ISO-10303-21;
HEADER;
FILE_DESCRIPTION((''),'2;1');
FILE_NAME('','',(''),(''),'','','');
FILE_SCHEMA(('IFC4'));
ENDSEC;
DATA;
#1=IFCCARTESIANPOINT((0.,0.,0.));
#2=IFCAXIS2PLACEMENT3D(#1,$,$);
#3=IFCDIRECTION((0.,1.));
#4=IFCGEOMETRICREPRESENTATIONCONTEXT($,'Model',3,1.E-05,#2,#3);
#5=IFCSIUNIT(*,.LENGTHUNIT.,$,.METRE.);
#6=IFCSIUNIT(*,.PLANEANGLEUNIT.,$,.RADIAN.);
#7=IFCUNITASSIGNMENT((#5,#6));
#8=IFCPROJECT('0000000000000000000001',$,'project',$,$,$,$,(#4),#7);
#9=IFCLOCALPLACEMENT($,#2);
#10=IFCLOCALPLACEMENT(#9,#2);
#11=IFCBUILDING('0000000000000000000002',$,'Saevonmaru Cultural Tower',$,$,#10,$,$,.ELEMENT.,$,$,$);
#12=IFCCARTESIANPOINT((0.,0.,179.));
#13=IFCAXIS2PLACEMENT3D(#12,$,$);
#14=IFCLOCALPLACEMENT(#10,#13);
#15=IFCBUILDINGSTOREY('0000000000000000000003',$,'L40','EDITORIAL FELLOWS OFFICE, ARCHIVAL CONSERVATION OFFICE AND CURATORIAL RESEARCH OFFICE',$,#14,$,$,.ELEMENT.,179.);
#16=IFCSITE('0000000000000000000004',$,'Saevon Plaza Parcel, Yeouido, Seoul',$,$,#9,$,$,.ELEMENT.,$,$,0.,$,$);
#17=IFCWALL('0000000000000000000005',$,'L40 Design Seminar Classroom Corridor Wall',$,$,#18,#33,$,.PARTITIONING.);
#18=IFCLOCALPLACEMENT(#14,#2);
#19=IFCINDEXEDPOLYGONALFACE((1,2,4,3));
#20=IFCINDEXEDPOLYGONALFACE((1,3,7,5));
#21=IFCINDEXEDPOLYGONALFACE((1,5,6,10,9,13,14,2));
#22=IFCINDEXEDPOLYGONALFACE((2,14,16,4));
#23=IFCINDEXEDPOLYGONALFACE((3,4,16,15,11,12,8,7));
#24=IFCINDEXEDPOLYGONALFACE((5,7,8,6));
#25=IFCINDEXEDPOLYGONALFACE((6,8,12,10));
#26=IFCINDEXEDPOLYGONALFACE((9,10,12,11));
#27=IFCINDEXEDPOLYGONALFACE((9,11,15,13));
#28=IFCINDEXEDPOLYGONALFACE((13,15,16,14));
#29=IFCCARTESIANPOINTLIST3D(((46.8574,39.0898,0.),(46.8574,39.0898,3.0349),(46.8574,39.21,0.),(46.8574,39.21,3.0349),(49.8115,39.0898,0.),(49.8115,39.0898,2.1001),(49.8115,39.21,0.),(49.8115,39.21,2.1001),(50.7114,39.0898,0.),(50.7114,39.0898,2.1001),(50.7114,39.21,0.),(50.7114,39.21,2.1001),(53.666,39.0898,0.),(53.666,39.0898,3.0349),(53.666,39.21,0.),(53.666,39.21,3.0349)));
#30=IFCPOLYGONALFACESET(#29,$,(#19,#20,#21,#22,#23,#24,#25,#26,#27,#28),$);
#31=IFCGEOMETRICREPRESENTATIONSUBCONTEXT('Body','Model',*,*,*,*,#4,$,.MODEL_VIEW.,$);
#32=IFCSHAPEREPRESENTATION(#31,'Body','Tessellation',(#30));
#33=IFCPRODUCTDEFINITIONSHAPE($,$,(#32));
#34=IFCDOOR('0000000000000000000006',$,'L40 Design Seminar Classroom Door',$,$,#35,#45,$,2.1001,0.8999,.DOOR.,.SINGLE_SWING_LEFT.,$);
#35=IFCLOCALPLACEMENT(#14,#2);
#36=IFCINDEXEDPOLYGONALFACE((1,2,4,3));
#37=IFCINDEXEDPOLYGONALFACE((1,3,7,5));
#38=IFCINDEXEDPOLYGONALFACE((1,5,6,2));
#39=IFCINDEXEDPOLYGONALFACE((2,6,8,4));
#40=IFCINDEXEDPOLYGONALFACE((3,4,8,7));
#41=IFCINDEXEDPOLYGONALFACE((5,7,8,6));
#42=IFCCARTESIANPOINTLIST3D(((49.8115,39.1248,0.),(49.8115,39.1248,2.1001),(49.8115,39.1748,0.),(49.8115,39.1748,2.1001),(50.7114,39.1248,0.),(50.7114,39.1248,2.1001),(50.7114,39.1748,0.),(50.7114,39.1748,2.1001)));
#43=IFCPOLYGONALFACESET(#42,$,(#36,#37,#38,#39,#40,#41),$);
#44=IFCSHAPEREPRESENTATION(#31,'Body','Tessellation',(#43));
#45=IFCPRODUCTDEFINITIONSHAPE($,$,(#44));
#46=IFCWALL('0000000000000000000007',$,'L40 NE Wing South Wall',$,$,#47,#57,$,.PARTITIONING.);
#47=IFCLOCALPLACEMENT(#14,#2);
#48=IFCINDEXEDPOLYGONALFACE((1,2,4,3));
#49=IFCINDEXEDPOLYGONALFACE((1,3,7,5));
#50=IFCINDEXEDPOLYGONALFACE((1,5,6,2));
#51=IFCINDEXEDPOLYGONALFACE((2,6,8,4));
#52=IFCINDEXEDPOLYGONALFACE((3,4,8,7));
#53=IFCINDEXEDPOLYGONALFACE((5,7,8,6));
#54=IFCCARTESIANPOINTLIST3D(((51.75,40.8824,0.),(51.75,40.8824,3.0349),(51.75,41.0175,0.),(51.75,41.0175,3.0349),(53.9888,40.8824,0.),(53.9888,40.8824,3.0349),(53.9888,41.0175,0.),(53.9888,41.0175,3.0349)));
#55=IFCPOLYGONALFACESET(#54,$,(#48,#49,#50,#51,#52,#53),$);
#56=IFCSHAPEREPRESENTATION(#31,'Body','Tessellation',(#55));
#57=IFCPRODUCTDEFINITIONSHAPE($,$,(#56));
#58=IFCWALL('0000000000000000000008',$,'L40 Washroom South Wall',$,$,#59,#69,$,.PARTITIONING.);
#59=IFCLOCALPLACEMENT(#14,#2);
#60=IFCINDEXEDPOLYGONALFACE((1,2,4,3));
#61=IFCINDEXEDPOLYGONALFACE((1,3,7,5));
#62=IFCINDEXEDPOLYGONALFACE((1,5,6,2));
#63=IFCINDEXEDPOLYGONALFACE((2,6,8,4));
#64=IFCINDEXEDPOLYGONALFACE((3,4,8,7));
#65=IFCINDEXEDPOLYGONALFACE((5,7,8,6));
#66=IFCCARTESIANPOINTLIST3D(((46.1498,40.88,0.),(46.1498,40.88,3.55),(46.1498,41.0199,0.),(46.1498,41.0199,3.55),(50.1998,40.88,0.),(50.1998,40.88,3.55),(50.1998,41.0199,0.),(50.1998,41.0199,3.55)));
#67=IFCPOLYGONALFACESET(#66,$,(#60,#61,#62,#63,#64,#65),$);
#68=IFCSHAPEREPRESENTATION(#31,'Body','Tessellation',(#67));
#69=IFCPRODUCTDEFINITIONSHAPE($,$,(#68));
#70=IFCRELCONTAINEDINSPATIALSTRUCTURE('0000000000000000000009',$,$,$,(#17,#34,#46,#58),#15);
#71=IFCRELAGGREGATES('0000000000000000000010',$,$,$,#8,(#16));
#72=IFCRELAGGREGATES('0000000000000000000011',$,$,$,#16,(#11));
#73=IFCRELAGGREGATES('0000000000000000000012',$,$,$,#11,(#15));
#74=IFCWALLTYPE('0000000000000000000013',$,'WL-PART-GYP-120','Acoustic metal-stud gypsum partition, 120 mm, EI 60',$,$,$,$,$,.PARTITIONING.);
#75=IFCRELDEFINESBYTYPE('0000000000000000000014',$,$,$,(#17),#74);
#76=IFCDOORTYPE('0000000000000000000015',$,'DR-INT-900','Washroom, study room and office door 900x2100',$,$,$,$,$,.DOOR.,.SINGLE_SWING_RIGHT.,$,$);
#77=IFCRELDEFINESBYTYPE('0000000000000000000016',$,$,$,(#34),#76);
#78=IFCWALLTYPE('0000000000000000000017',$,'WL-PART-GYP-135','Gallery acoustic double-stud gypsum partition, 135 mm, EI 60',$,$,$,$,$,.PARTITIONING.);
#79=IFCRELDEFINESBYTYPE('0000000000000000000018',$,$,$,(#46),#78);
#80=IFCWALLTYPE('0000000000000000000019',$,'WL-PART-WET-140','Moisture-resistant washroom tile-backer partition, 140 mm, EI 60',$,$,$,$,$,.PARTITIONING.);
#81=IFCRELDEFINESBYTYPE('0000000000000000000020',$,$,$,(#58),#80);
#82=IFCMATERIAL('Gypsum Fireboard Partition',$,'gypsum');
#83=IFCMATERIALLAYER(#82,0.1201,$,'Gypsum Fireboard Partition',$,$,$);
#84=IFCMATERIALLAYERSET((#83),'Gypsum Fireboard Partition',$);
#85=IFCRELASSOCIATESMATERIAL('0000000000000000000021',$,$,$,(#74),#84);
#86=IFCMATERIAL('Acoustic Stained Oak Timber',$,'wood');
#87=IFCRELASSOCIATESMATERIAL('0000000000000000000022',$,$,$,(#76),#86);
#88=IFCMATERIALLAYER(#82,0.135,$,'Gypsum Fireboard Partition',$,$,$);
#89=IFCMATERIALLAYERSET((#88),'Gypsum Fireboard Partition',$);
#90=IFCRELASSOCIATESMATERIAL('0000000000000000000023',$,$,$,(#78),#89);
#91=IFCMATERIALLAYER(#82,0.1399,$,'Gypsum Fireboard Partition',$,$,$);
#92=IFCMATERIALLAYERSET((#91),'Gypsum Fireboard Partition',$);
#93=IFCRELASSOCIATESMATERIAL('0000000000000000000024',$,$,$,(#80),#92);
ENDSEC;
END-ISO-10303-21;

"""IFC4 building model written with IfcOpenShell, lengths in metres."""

from ifc_helpers import new_model, si_unit, direction, frame, frame_2d, origin, place, context, subcontext, project, spatial, rectangle, extrude, material, layer, layer_set, type_object, element, fill, save


model = new_model("IFC4")

# Units and contexts
model_context = context("Model", 3, precision=1e-05, world=origin(), true_north=direction((0.0, 1.0)))
body_context = subcontext(model_context, "Body", "Model", "MODEL_VIEW")
ifc_project = project(units=[si_unit("LENGTHUNIT", "METRE"), si_unit("PLANEANGLEUNIT", "RADIAN")], contexts=[model_context])

# Site, building, storey
site_placement = place(None, origin())
site = spatial("IfcSite", under=ifc_project, at=site_placement, Name="Saevon Plaza Parcel, Yeouido, Seoul", CompositionType="ELEMENT", RefElevation=0.0)
building_placement = place(site_placement, origin())
building = spatial("IfcBuilding", under=site, at=building_placement, Name="Saevonmaru Cultural Tower", CompositionType="ELEMENT")
storey_placement = place(building_placement, frame((0.0, 0.0, 179.0)))
storey = spatial("IfcBuildingStorey", under=building, at=storey_placement, Name="L40", Description="EDITORIAL FELLOWS OFFICE, ARCHIVAL CONSERVATION OFFICE AND CURATORIAL RESEARCH OFFICE", CompositionType="ELEMENT", Elevation=179.0)

# Shared definitions
ifc_material_1 = material(Name="Gypsum Fireboard Partition", Category="gypsum")

# Wall, opening, door
ifc_layer_1 = layer(ifc_material_1, 0.1201, Name="Gypsum Fireboard Partition")
ifc_layer_set_1 = layer_set([ifc_layer_1], Name="Gypsum Fireboard Partition")
wall_type_1 = type_object("IfcWallType", Name="WL-PART-GYP-120", Description="Acoustic metal-stud gypsum partition, 120 mm, EI 60", PredefinedType="PARTITIONING", material=ifc_layer_set_1)
ifc_material_2 = material(Name="Acoustic Stained Oak Timber", Category="wood")
door_type_1 = type_object("IfcDoorType", Name="DR-INT-900", Description="Washroom, study room and office door 900x2100", OperationType="SINGLE_SWING_RIGHT", PredefinedType="DOOR", material=ifc_material_2)
wall_1_placement = place(storey_placement, frame((46.8574, 39.1499, 0.0), z_axis=(0.0, 0.0, 1.0), x_axis=(1.0, 0.0, 0.0)))
wall_1 = element("IfcWall", 1, at=wall_1_placement, inside=storey, type_object=wall_type_1, Name="L40 Design Seminar Classroom Corridor Wall", PredefinedType="PARTITIONING", context=body_context, shape_type="SweptSolid", body=[
    extrude(rectangle(XDim=6.8086, YDim=0.1201, at=frame_2d((3.4043, 0.0))), origin(), (0.0, 0.0, 1.0), 3.0349),
])
opening_1_placement = place(wall_1_placement, frame((2.9541, 0.0, 0.0)))
opening_1 = element("IfcOpeningElement", 2, at=opening_1_placement, cuts=wall_1, PredefinedType="OPENING", context=body_context, shape_type="SweptSolid", body=[
    extrude(rectangle(XDim=0.8999, YDim=2.1001, at=frame_2d((0.45, 1.05))), frame((0.0, 0.0701, 0.0), z_axis=(0.0, -1.0, 0.0), x_axis=(1.0, 0.0, 0.0)), (0.0, 0.0, 1.0), 0.1401),
])
door_1_placement = place(opening_1_placement, origin())
door_1 = element("IfcDoor", 3, at=door_1_placement, inside=storey, type_object=door_type_1, Name="L40 Design Seminar Classroom Door", OperationType="SINGLE_SWING_LEFT", OverallHeight=2.1001, OverallWidth=0.8999, PredefinedType="DOOR", context=body_context, shape_type="SweptSolid", body=[
    extrude(rectangle(XDim=0.8999, YDim=2.1001, at=frame_2d((0.45, 1.05))), frame((0.0, 0.0249, 0.0), z_axis=(0.0, -1.0, 0.0), x_axis=(1.0, 0.0, 0.0)), (0.0, 0.0, 1.0), 0.05),
])
fill(opening_1, door_1)

# Walls
ifc_layer_2 = layer(ifc_material_1, 0.135, Name="Gypsum Fireboard Partition")
ifc_layer_set_2 = layer_set([ifc_layer_2], Name="Gypsum Fireboard Partition")
wall_type_2 = type_object("IfcWallType", Name="WL-PART-GYP-135", Description="Gallery acoustic double-stud gypsum partition, 135 mm, EI 60", PredefinedType="PARTITIONING", material=ifc_layer_set_2)
wall_2_placement = place(storey_placement, frame((51.75, 40.95, 0.0), z_axis=(0.0, 0.0, 1.0), x_axis=(1.0, 0.0, 0.0)))
element("IfcWall", 4, at=wall_2_placement, inside=storey, type_object=wall_type_2, Name="L40 NE Wing South Wall", PredefinedType="PARTITIONING", context=body_context, shape_type="SweptSolid", body=[
    extrude(rectangle(XDim=2.2388, YDim=0.135, at=frame_2d((1.1194, 0.0))), origin(), (0.0, 0.0, 1.0), 3.0349),
])
ifc_layer_3 = layer(ifc_material_1, 0.1399, Name="Gypsum Fireboard Partition")
ifc_layer_set_3 = layer_set([ifc_layer_3], Name="Gypsum Fireboard Partition")
wall_type_3 = type_object("IfcWallType", Name="WL-PART-WET-140", Description="Moisture-resistant washroom tile-backer partition, 140 mm, EI 60", PredefinedType="PARTITIONING", material=ifc_layer_set_3)
wall_3_placement = place(storey_placement, frame((46.1499, 40.95, 0.0), z_axis=(0.0, 0.0, 1.0), x_axis=(1.0, 0.0, 0.0)))
element("IfcWall", 5, at=wall_3_placement, inside=storey, type_object=wall_type_3, Name="L40 Washroom South Wall", PredefinedType="PARTITIONING", context=body_context, shape_type="SweptSolid", body=[
    extrude(rectangle(XDim=4.05, YDim=0.1399, at=frame_2d((2.0249, 0.0))), origin(), (0.0, 0.0, 1.0), 3.55),
])

save(model, "model.ifc")
